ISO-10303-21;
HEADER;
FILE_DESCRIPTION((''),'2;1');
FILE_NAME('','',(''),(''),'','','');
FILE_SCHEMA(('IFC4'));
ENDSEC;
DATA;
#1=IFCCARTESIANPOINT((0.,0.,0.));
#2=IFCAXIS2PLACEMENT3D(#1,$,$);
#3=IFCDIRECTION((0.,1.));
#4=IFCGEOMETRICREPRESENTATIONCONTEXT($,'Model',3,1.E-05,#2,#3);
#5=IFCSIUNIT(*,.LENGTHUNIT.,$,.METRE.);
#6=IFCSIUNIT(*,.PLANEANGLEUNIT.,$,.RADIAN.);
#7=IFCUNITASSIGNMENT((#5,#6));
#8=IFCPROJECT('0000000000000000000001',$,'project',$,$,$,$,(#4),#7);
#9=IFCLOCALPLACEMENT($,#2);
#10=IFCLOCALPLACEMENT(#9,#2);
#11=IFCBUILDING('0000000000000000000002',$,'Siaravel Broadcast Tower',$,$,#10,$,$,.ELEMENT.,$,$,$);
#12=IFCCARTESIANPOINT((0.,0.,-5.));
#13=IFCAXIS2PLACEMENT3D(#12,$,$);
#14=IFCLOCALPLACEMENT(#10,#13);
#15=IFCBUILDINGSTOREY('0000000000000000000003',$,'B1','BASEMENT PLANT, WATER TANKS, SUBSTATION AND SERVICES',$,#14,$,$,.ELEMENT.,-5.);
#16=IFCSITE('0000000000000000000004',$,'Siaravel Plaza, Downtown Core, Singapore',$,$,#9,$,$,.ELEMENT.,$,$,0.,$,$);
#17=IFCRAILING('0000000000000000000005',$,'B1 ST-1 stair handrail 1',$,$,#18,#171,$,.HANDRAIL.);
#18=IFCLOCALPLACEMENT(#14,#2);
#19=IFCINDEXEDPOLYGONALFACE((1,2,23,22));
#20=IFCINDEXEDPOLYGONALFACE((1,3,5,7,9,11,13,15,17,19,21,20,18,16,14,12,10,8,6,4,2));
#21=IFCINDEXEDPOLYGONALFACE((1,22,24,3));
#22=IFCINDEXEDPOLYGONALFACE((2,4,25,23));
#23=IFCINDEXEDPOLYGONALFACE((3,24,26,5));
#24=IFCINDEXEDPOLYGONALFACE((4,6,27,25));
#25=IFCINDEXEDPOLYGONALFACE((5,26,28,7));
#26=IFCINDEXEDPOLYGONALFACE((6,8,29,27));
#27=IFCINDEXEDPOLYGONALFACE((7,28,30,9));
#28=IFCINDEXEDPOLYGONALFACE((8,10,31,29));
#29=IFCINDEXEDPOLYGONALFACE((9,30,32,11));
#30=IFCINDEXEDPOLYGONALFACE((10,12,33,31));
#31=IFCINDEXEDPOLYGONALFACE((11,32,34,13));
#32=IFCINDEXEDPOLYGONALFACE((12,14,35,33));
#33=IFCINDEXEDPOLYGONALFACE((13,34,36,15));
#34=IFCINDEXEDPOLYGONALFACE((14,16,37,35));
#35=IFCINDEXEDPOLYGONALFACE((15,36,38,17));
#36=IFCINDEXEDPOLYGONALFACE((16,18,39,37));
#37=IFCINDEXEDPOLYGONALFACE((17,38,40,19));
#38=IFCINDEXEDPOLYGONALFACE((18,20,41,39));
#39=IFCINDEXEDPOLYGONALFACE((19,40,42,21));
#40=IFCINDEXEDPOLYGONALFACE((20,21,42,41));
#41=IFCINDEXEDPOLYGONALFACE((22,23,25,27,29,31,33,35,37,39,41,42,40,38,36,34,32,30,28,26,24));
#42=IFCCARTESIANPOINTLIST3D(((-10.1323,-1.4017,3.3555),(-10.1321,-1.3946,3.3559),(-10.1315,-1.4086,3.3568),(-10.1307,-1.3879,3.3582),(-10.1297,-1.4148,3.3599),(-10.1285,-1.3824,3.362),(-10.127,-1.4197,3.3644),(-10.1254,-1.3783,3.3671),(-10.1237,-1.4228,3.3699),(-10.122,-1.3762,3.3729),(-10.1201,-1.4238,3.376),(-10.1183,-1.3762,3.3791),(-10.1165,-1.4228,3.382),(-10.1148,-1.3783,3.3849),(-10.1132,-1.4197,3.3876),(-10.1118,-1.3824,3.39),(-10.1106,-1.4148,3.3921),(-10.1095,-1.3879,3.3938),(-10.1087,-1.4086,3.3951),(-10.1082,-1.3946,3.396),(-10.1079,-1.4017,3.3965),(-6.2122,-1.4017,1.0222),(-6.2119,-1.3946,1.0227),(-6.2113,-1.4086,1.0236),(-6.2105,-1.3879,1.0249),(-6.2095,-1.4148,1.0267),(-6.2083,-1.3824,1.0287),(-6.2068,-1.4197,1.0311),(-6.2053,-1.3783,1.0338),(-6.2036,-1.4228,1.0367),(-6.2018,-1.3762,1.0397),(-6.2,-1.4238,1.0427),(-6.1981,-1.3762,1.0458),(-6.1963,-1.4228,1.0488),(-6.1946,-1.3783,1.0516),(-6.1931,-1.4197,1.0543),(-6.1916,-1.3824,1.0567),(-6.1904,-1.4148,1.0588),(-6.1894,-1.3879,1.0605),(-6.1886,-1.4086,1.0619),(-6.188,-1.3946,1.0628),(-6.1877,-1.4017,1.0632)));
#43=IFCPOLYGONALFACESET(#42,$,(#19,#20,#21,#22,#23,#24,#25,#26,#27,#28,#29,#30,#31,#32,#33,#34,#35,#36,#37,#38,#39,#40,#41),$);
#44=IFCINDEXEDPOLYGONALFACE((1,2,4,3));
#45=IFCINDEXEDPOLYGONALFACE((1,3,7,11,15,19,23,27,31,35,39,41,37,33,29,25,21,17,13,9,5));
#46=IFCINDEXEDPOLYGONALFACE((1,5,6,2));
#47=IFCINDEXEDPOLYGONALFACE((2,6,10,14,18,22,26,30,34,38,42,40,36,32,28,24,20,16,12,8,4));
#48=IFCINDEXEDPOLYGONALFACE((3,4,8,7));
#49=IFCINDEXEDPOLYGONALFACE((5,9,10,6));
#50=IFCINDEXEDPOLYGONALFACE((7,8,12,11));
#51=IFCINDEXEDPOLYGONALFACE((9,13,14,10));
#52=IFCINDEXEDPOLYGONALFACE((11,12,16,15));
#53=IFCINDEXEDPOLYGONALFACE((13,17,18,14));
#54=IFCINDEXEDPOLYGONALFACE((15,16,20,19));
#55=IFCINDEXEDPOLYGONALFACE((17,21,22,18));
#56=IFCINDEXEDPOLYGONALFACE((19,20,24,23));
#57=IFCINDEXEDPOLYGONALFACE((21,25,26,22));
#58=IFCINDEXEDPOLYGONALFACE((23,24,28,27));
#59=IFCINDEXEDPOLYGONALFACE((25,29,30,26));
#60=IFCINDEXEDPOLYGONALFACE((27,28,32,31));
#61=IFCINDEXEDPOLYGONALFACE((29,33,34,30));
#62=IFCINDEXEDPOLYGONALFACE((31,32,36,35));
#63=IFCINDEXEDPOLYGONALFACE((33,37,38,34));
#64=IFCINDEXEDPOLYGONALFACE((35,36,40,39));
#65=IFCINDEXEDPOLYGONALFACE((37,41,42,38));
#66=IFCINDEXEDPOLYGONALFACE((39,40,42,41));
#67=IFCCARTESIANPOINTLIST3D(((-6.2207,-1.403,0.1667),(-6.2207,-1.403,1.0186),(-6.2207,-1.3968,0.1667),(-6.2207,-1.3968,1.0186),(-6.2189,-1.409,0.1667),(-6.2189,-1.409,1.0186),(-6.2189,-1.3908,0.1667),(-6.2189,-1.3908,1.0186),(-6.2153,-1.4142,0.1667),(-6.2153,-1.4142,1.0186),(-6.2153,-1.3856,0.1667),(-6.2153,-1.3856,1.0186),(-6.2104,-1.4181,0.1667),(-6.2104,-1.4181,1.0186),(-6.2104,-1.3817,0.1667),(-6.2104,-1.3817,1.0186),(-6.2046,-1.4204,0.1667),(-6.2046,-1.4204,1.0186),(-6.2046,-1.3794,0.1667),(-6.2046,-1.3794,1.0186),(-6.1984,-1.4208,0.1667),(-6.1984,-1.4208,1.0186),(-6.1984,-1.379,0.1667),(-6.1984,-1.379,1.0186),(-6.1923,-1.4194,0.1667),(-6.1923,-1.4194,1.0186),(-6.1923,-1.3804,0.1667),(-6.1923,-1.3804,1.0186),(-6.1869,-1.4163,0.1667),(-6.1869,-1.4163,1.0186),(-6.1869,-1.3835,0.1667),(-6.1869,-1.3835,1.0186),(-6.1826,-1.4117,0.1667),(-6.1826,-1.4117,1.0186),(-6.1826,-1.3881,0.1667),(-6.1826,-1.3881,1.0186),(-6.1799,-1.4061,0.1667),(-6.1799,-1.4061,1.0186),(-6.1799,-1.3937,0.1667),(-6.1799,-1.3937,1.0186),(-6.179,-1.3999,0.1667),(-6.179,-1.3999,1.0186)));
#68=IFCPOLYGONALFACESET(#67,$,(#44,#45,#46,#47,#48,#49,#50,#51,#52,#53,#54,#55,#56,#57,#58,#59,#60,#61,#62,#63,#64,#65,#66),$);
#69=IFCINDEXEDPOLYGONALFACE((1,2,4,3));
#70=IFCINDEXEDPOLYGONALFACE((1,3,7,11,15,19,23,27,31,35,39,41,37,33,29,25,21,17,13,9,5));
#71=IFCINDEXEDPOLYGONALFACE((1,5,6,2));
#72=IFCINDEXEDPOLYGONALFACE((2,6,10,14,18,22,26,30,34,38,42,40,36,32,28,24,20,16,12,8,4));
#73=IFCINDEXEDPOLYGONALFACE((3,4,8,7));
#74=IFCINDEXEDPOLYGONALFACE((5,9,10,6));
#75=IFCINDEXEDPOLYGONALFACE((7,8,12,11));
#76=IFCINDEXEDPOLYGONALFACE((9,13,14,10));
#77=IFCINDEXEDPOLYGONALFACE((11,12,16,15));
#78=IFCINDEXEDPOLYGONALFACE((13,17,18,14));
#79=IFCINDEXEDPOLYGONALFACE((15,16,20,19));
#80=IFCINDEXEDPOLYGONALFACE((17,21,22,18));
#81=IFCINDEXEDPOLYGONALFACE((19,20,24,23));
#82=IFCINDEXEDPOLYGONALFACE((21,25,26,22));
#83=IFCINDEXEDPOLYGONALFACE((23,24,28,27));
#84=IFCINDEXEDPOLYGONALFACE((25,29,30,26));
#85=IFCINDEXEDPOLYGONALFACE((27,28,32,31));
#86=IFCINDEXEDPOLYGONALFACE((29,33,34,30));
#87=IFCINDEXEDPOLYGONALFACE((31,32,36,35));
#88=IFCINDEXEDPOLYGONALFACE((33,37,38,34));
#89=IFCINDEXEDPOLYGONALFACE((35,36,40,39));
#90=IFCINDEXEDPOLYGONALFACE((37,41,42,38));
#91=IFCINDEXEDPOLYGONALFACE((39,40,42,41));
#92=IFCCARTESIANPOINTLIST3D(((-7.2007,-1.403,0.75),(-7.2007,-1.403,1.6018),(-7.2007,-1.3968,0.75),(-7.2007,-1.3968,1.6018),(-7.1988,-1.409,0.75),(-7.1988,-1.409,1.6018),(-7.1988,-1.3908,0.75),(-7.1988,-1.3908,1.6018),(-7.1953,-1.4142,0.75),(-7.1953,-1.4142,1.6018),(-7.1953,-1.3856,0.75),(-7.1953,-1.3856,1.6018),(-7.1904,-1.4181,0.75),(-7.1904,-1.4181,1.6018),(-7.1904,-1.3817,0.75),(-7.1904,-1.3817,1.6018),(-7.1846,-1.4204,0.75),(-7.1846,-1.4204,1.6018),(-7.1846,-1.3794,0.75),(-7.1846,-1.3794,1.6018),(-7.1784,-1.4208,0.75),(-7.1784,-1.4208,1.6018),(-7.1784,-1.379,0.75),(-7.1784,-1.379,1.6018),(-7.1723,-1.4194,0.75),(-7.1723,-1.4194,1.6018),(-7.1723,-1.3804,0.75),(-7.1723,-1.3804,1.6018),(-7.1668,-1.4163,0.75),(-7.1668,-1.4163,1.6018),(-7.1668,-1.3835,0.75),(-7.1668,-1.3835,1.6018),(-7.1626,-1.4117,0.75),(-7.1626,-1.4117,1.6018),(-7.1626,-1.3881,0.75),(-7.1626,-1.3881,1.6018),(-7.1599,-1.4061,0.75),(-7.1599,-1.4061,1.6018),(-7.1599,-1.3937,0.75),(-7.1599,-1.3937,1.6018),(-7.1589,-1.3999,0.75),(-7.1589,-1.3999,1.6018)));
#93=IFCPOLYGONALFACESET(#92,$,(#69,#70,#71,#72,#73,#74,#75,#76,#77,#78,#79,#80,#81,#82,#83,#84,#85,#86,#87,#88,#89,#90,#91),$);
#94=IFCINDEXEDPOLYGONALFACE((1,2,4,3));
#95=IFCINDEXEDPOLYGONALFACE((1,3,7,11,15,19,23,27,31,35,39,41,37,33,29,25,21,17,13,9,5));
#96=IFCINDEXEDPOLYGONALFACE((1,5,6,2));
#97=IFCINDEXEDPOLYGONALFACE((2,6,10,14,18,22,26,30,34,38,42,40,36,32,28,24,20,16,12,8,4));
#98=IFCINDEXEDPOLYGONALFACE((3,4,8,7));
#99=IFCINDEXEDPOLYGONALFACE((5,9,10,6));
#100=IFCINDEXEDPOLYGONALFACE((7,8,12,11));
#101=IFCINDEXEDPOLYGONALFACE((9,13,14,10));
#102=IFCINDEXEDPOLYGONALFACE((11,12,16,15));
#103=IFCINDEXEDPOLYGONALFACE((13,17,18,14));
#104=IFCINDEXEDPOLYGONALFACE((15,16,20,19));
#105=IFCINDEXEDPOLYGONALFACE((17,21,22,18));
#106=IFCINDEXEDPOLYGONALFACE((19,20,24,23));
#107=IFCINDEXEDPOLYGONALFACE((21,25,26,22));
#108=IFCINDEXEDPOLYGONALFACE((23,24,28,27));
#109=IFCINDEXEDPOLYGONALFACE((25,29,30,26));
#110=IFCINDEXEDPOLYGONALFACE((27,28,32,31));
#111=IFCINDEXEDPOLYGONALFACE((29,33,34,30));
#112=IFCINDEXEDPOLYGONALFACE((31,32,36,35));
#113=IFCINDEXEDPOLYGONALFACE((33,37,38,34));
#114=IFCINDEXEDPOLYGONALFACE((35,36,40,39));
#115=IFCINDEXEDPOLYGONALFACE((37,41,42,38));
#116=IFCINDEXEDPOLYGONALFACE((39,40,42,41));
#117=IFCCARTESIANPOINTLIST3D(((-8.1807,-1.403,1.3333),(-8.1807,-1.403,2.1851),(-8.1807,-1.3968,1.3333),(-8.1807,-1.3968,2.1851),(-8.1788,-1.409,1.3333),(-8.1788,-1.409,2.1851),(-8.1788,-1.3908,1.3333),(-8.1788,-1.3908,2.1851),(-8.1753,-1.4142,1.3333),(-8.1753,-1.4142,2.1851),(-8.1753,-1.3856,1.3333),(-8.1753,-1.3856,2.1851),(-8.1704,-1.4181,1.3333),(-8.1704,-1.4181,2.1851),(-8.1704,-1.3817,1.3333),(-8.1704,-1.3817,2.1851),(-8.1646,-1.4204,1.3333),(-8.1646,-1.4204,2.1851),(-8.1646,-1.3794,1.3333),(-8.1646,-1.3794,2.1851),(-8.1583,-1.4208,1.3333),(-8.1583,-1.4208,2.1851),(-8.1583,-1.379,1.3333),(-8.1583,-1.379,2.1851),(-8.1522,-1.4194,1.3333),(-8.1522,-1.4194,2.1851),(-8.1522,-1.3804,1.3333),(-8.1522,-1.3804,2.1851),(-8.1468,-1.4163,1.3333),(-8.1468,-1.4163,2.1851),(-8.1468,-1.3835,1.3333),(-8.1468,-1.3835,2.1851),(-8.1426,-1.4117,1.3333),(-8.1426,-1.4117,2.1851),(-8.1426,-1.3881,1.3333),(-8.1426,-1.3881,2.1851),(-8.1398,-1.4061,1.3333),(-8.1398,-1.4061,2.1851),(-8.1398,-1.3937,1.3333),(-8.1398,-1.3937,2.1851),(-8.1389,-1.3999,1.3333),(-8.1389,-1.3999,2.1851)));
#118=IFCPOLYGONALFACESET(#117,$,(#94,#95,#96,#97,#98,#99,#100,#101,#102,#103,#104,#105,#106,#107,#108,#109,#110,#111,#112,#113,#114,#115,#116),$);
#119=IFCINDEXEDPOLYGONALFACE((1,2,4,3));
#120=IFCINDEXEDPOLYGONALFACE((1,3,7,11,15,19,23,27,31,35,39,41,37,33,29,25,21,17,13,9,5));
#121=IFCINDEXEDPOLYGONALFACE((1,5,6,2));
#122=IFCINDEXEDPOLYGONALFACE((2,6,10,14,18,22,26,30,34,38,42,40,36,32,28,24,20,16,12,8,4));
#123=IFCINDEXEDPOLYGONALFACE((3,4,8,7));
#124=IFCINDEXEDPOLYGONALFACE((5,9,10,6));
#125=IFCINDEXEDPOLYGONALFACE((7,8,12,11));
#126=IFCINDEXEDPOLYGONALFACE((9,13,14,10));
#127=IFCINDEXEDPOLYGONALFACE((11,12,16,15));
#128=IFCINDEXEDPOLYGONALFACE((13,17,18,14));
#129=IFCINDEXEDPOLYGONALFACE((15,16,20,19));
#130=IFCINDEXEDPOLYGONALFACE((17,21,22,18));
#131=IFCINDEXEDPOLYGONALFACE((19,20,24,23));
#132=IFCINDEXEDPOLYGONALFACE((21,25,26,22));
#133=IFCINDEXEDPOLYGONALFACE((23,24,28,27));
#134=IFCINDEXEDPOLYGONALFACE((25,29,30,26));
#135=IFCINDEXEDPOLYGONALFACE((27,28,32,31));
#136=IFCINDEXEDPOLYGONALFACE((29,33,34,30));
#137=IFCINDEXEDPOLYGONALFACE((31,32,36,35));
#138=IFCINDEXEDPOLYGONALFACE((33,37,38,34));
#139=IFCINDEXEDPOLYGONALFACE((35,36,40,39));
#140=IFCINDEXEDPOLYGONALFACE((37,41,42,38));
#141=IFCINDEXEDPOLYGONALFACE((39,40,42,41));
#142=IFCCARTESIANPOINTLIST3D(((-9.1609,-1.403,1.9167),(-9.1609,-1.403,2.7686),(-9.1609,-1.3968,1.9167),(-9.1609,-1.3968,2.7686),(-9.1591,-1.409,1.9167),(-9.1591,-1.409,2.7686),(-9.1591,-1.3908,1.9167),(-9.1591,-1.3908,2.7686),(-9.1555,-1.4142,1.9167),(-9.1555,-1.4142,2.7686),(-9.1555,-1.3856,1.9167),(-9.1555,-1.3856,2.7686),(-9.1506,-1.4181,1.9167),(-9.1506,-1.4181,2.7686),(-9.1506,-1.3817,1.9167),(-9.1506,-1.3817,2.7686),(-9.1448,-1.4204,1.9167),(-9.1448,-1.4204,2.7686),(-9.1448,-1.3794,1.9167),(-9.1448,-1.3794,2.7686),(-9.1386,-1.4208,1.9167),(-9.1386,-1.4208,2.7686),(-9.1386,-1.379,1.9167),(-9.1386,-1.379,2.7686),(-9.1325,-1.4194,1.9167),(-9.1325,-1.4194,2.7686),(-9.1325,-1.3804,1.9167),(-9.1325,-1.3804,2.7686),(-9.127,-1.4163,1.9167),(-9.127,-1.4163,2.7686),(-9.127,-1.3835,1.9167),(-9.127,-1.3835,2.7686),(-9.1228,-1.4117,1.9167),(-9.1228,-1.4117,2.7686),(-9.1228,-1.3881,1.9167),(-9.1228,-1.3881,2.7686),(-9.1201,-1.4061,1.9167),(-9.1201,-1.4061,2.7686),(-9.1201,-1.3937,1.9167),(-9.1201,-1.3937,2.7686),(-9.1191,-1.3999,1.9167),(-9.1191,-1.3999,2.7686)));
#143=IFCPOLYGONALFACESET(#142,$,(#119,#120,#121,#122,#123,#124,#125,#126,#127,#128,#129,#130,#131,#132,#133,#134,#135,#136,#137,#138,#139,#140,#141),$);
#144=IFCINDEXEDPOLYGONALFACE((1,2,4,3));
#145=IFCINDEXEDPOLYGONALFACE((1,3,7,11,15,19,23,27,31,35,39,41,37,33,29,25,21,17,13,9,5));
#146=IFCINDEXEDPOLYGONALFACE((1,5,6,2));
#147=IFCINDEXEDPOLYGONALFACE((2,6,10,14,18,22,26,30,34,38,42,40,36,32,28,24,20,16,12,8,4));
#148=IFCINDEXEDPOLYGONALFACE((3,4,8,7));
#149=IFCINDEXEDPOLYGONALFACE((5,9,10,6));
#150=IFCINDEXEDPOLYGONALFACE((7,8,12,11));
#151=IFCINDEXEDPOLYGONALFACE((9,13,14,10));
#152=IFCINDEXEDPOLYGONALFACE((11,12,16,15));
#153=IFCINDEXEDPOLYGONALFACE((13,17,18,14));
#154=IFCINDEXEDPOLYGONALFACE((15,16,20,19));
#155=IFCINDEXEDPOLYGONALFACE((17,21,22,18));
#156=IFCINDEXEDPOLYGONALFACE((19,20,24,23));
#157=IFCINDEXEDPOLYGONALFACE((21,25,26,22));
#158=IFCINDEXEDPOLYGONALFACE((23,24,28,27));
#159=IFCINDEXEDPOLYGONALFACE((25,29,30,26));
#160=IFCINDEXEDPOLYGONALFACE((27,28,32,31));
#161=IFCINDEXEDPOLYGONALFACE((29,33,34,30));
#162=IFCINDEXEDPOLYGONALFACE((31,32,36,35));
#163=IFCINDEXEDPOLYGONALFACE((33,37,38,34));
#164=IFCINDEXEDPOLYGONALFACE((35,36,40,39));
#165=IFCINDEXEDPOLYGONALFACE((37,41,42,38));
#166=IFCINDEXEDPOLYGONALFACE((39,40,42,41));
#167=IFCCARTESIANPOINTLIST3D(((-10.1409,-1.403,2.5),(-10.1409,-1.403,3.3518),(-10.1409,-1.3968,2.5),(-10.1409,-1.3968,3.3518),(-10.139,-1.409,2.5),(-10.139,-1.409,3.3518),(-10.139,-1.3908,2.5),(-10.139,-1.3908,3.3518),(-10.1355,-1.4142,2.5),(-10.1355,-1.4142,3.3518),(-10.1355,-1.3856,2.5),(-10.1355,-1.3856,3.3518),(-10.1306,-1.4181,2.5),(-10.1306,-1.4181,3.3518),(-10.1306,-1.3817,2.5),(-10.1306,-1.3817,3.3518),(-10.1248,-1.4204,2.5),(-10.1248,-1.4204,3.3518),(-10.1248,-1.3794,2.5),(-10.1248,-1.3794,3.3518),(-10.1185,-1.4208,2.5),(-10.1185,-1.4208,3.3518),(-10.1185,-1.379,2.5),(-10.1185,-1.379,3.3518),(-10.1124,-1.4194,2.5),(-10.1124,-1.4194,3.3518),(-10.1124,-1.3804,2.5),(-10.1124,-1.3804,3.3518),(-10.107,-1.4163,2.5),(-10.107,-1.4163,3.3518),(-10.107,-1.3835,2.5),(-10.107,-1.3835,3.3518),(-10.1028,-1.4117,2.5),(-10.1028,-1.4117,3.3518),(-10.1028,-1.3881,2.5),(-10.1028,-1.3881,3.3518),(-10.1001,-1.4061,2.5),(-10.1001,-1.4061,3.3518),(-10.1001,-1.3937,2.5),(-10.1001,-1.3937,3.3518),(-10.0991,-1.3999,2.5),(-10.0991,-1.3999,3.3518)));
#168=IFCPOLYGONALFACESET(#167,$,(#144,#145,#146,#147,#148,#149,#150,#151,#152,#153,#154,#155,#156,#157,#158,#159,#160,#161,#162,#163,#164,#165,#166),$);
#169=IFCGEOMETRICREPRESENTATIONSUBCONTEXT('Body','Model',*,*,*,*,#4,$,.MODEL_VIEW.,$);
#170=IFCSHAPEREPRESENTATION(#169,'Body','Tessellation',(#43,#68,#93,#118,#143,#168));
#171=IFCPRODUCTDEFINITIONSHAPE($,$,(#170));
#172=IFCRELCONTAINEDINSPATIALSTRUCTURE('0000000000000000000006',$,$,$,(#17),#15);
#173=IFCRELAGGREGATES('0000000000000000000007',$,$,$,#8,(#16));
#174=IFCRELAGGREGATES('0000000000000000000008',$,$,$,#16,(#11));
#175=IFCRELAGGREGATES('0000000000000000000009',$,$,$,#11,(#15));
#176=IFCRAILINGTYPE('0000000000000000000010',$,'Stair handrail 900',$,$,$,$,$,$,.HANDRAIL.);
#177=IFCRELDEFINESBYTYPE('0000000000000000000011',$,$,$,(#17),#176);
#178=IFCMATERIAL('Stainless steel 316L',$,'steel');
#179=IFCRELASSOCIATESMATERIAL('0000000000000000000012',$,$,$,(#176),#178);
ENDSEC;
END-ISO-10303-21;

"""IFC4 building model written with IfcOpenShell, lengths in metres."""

from ifc_helpers import new_model, si_unit, direction, frame, origin, origin_2d, place, context, subcontext, project, spatial, circle, extrude, material, type_object, element, save


model = new_model("IFC4")

# Units and contexts
model_context = context("Model", 3, precision=1e-05, world=origin(), true_north=direction((0.0, 1.0)))
body_context = subcontext(model_context, "Body", "Model", "MODEL_VIEW")
ifc_project = project(units=[si_unit("LENGTHUNIT", "METRE"), si_unit("PLANEANGLEUNIT", "RADIAN")], contexts=[model_context])

# Site, building, storey
site_placement = place(None, origin())
site = spatial("IfcSite", under=ifc_project, at=site_placement, Name="Siaravel Plaza, Downtown Core, Singapore", CompositionType="ELEMENT", RefElevation=0.0)
building_placement = place(site_placement, origin())
building = spatial("IfcBuilding", under=site, at=building_placement, Name="Siaravel Broadcast Tower", CompositionType="ELEMENT")
storey_placement = place(building_placement, frame((0.0, 0.0, -5.0)))
storey = spatial("IfcBuildingStorey", under=building, at=storey_placement, Name="B1", Description="BASEMENT PLANT, WATER TANKS, SUBSTATION AND SERVICES", CompositionType="ELEMENT", Elevation=-5.0)

# Railing
ifc_material_1 = material(Name="Stainless steel 316L", Category="steel")
railing_type_1 = type_object("IfcRailingType", Name="Stair handrail 900", PredefinedType="HANDRAIL", material=ifc_material_1)
railing_1_placement = place(storey_placement, frame((-6.2, -1.3999, 0.1667)))
element("IfcRailing", 1, at=railing_1_placement, inside=storey, type_object=railing_type_1, Name="B1 ST-1 stair handrail 1", PredefinedType="HANDRAIL", context=body_context, shape_type="SweptSolid", body=[
    extrude(circle(Radius=0.0239, at=origin_2d()), frame((0.0, 0.0, 0.876), z_axis=(-0.85931, 0.0, 0.511455), x_axis=(0.0, -1.0, 0.0)), (0.0, 0.0, 1.0), 4.562),
    extrude(circle(Radius=0.021, at=origin_2d()), origin(), (0.0, 0.0, 1.0), 0.8518),
    extrude(circle(Radius=0.021, at=origin_2d()), frame((-0.98, 0.0, 0.5833)), (0.0, 0.0, 1.0), 0.8518),
    extrude(circle(Radius=0.021, at=origin_2d()), frame((-1.96, 0.0, 1.1665)), (0.0, 0.0, 1.0), 0.8518),
    extrude(circle(Radius=0.021, at=origin_2d()), frame((-2.9402, 0.0, 1.75)), (0.0, 0.0, 1.0), 0.8518),
    extrude(circle(Radius=0.021, at=origin_2d()), frame((-3.9202, 0.0, 2.3333)), (0.0, 0.0, 1.0), 0.8518),
])

save(model, "model.ifc")
